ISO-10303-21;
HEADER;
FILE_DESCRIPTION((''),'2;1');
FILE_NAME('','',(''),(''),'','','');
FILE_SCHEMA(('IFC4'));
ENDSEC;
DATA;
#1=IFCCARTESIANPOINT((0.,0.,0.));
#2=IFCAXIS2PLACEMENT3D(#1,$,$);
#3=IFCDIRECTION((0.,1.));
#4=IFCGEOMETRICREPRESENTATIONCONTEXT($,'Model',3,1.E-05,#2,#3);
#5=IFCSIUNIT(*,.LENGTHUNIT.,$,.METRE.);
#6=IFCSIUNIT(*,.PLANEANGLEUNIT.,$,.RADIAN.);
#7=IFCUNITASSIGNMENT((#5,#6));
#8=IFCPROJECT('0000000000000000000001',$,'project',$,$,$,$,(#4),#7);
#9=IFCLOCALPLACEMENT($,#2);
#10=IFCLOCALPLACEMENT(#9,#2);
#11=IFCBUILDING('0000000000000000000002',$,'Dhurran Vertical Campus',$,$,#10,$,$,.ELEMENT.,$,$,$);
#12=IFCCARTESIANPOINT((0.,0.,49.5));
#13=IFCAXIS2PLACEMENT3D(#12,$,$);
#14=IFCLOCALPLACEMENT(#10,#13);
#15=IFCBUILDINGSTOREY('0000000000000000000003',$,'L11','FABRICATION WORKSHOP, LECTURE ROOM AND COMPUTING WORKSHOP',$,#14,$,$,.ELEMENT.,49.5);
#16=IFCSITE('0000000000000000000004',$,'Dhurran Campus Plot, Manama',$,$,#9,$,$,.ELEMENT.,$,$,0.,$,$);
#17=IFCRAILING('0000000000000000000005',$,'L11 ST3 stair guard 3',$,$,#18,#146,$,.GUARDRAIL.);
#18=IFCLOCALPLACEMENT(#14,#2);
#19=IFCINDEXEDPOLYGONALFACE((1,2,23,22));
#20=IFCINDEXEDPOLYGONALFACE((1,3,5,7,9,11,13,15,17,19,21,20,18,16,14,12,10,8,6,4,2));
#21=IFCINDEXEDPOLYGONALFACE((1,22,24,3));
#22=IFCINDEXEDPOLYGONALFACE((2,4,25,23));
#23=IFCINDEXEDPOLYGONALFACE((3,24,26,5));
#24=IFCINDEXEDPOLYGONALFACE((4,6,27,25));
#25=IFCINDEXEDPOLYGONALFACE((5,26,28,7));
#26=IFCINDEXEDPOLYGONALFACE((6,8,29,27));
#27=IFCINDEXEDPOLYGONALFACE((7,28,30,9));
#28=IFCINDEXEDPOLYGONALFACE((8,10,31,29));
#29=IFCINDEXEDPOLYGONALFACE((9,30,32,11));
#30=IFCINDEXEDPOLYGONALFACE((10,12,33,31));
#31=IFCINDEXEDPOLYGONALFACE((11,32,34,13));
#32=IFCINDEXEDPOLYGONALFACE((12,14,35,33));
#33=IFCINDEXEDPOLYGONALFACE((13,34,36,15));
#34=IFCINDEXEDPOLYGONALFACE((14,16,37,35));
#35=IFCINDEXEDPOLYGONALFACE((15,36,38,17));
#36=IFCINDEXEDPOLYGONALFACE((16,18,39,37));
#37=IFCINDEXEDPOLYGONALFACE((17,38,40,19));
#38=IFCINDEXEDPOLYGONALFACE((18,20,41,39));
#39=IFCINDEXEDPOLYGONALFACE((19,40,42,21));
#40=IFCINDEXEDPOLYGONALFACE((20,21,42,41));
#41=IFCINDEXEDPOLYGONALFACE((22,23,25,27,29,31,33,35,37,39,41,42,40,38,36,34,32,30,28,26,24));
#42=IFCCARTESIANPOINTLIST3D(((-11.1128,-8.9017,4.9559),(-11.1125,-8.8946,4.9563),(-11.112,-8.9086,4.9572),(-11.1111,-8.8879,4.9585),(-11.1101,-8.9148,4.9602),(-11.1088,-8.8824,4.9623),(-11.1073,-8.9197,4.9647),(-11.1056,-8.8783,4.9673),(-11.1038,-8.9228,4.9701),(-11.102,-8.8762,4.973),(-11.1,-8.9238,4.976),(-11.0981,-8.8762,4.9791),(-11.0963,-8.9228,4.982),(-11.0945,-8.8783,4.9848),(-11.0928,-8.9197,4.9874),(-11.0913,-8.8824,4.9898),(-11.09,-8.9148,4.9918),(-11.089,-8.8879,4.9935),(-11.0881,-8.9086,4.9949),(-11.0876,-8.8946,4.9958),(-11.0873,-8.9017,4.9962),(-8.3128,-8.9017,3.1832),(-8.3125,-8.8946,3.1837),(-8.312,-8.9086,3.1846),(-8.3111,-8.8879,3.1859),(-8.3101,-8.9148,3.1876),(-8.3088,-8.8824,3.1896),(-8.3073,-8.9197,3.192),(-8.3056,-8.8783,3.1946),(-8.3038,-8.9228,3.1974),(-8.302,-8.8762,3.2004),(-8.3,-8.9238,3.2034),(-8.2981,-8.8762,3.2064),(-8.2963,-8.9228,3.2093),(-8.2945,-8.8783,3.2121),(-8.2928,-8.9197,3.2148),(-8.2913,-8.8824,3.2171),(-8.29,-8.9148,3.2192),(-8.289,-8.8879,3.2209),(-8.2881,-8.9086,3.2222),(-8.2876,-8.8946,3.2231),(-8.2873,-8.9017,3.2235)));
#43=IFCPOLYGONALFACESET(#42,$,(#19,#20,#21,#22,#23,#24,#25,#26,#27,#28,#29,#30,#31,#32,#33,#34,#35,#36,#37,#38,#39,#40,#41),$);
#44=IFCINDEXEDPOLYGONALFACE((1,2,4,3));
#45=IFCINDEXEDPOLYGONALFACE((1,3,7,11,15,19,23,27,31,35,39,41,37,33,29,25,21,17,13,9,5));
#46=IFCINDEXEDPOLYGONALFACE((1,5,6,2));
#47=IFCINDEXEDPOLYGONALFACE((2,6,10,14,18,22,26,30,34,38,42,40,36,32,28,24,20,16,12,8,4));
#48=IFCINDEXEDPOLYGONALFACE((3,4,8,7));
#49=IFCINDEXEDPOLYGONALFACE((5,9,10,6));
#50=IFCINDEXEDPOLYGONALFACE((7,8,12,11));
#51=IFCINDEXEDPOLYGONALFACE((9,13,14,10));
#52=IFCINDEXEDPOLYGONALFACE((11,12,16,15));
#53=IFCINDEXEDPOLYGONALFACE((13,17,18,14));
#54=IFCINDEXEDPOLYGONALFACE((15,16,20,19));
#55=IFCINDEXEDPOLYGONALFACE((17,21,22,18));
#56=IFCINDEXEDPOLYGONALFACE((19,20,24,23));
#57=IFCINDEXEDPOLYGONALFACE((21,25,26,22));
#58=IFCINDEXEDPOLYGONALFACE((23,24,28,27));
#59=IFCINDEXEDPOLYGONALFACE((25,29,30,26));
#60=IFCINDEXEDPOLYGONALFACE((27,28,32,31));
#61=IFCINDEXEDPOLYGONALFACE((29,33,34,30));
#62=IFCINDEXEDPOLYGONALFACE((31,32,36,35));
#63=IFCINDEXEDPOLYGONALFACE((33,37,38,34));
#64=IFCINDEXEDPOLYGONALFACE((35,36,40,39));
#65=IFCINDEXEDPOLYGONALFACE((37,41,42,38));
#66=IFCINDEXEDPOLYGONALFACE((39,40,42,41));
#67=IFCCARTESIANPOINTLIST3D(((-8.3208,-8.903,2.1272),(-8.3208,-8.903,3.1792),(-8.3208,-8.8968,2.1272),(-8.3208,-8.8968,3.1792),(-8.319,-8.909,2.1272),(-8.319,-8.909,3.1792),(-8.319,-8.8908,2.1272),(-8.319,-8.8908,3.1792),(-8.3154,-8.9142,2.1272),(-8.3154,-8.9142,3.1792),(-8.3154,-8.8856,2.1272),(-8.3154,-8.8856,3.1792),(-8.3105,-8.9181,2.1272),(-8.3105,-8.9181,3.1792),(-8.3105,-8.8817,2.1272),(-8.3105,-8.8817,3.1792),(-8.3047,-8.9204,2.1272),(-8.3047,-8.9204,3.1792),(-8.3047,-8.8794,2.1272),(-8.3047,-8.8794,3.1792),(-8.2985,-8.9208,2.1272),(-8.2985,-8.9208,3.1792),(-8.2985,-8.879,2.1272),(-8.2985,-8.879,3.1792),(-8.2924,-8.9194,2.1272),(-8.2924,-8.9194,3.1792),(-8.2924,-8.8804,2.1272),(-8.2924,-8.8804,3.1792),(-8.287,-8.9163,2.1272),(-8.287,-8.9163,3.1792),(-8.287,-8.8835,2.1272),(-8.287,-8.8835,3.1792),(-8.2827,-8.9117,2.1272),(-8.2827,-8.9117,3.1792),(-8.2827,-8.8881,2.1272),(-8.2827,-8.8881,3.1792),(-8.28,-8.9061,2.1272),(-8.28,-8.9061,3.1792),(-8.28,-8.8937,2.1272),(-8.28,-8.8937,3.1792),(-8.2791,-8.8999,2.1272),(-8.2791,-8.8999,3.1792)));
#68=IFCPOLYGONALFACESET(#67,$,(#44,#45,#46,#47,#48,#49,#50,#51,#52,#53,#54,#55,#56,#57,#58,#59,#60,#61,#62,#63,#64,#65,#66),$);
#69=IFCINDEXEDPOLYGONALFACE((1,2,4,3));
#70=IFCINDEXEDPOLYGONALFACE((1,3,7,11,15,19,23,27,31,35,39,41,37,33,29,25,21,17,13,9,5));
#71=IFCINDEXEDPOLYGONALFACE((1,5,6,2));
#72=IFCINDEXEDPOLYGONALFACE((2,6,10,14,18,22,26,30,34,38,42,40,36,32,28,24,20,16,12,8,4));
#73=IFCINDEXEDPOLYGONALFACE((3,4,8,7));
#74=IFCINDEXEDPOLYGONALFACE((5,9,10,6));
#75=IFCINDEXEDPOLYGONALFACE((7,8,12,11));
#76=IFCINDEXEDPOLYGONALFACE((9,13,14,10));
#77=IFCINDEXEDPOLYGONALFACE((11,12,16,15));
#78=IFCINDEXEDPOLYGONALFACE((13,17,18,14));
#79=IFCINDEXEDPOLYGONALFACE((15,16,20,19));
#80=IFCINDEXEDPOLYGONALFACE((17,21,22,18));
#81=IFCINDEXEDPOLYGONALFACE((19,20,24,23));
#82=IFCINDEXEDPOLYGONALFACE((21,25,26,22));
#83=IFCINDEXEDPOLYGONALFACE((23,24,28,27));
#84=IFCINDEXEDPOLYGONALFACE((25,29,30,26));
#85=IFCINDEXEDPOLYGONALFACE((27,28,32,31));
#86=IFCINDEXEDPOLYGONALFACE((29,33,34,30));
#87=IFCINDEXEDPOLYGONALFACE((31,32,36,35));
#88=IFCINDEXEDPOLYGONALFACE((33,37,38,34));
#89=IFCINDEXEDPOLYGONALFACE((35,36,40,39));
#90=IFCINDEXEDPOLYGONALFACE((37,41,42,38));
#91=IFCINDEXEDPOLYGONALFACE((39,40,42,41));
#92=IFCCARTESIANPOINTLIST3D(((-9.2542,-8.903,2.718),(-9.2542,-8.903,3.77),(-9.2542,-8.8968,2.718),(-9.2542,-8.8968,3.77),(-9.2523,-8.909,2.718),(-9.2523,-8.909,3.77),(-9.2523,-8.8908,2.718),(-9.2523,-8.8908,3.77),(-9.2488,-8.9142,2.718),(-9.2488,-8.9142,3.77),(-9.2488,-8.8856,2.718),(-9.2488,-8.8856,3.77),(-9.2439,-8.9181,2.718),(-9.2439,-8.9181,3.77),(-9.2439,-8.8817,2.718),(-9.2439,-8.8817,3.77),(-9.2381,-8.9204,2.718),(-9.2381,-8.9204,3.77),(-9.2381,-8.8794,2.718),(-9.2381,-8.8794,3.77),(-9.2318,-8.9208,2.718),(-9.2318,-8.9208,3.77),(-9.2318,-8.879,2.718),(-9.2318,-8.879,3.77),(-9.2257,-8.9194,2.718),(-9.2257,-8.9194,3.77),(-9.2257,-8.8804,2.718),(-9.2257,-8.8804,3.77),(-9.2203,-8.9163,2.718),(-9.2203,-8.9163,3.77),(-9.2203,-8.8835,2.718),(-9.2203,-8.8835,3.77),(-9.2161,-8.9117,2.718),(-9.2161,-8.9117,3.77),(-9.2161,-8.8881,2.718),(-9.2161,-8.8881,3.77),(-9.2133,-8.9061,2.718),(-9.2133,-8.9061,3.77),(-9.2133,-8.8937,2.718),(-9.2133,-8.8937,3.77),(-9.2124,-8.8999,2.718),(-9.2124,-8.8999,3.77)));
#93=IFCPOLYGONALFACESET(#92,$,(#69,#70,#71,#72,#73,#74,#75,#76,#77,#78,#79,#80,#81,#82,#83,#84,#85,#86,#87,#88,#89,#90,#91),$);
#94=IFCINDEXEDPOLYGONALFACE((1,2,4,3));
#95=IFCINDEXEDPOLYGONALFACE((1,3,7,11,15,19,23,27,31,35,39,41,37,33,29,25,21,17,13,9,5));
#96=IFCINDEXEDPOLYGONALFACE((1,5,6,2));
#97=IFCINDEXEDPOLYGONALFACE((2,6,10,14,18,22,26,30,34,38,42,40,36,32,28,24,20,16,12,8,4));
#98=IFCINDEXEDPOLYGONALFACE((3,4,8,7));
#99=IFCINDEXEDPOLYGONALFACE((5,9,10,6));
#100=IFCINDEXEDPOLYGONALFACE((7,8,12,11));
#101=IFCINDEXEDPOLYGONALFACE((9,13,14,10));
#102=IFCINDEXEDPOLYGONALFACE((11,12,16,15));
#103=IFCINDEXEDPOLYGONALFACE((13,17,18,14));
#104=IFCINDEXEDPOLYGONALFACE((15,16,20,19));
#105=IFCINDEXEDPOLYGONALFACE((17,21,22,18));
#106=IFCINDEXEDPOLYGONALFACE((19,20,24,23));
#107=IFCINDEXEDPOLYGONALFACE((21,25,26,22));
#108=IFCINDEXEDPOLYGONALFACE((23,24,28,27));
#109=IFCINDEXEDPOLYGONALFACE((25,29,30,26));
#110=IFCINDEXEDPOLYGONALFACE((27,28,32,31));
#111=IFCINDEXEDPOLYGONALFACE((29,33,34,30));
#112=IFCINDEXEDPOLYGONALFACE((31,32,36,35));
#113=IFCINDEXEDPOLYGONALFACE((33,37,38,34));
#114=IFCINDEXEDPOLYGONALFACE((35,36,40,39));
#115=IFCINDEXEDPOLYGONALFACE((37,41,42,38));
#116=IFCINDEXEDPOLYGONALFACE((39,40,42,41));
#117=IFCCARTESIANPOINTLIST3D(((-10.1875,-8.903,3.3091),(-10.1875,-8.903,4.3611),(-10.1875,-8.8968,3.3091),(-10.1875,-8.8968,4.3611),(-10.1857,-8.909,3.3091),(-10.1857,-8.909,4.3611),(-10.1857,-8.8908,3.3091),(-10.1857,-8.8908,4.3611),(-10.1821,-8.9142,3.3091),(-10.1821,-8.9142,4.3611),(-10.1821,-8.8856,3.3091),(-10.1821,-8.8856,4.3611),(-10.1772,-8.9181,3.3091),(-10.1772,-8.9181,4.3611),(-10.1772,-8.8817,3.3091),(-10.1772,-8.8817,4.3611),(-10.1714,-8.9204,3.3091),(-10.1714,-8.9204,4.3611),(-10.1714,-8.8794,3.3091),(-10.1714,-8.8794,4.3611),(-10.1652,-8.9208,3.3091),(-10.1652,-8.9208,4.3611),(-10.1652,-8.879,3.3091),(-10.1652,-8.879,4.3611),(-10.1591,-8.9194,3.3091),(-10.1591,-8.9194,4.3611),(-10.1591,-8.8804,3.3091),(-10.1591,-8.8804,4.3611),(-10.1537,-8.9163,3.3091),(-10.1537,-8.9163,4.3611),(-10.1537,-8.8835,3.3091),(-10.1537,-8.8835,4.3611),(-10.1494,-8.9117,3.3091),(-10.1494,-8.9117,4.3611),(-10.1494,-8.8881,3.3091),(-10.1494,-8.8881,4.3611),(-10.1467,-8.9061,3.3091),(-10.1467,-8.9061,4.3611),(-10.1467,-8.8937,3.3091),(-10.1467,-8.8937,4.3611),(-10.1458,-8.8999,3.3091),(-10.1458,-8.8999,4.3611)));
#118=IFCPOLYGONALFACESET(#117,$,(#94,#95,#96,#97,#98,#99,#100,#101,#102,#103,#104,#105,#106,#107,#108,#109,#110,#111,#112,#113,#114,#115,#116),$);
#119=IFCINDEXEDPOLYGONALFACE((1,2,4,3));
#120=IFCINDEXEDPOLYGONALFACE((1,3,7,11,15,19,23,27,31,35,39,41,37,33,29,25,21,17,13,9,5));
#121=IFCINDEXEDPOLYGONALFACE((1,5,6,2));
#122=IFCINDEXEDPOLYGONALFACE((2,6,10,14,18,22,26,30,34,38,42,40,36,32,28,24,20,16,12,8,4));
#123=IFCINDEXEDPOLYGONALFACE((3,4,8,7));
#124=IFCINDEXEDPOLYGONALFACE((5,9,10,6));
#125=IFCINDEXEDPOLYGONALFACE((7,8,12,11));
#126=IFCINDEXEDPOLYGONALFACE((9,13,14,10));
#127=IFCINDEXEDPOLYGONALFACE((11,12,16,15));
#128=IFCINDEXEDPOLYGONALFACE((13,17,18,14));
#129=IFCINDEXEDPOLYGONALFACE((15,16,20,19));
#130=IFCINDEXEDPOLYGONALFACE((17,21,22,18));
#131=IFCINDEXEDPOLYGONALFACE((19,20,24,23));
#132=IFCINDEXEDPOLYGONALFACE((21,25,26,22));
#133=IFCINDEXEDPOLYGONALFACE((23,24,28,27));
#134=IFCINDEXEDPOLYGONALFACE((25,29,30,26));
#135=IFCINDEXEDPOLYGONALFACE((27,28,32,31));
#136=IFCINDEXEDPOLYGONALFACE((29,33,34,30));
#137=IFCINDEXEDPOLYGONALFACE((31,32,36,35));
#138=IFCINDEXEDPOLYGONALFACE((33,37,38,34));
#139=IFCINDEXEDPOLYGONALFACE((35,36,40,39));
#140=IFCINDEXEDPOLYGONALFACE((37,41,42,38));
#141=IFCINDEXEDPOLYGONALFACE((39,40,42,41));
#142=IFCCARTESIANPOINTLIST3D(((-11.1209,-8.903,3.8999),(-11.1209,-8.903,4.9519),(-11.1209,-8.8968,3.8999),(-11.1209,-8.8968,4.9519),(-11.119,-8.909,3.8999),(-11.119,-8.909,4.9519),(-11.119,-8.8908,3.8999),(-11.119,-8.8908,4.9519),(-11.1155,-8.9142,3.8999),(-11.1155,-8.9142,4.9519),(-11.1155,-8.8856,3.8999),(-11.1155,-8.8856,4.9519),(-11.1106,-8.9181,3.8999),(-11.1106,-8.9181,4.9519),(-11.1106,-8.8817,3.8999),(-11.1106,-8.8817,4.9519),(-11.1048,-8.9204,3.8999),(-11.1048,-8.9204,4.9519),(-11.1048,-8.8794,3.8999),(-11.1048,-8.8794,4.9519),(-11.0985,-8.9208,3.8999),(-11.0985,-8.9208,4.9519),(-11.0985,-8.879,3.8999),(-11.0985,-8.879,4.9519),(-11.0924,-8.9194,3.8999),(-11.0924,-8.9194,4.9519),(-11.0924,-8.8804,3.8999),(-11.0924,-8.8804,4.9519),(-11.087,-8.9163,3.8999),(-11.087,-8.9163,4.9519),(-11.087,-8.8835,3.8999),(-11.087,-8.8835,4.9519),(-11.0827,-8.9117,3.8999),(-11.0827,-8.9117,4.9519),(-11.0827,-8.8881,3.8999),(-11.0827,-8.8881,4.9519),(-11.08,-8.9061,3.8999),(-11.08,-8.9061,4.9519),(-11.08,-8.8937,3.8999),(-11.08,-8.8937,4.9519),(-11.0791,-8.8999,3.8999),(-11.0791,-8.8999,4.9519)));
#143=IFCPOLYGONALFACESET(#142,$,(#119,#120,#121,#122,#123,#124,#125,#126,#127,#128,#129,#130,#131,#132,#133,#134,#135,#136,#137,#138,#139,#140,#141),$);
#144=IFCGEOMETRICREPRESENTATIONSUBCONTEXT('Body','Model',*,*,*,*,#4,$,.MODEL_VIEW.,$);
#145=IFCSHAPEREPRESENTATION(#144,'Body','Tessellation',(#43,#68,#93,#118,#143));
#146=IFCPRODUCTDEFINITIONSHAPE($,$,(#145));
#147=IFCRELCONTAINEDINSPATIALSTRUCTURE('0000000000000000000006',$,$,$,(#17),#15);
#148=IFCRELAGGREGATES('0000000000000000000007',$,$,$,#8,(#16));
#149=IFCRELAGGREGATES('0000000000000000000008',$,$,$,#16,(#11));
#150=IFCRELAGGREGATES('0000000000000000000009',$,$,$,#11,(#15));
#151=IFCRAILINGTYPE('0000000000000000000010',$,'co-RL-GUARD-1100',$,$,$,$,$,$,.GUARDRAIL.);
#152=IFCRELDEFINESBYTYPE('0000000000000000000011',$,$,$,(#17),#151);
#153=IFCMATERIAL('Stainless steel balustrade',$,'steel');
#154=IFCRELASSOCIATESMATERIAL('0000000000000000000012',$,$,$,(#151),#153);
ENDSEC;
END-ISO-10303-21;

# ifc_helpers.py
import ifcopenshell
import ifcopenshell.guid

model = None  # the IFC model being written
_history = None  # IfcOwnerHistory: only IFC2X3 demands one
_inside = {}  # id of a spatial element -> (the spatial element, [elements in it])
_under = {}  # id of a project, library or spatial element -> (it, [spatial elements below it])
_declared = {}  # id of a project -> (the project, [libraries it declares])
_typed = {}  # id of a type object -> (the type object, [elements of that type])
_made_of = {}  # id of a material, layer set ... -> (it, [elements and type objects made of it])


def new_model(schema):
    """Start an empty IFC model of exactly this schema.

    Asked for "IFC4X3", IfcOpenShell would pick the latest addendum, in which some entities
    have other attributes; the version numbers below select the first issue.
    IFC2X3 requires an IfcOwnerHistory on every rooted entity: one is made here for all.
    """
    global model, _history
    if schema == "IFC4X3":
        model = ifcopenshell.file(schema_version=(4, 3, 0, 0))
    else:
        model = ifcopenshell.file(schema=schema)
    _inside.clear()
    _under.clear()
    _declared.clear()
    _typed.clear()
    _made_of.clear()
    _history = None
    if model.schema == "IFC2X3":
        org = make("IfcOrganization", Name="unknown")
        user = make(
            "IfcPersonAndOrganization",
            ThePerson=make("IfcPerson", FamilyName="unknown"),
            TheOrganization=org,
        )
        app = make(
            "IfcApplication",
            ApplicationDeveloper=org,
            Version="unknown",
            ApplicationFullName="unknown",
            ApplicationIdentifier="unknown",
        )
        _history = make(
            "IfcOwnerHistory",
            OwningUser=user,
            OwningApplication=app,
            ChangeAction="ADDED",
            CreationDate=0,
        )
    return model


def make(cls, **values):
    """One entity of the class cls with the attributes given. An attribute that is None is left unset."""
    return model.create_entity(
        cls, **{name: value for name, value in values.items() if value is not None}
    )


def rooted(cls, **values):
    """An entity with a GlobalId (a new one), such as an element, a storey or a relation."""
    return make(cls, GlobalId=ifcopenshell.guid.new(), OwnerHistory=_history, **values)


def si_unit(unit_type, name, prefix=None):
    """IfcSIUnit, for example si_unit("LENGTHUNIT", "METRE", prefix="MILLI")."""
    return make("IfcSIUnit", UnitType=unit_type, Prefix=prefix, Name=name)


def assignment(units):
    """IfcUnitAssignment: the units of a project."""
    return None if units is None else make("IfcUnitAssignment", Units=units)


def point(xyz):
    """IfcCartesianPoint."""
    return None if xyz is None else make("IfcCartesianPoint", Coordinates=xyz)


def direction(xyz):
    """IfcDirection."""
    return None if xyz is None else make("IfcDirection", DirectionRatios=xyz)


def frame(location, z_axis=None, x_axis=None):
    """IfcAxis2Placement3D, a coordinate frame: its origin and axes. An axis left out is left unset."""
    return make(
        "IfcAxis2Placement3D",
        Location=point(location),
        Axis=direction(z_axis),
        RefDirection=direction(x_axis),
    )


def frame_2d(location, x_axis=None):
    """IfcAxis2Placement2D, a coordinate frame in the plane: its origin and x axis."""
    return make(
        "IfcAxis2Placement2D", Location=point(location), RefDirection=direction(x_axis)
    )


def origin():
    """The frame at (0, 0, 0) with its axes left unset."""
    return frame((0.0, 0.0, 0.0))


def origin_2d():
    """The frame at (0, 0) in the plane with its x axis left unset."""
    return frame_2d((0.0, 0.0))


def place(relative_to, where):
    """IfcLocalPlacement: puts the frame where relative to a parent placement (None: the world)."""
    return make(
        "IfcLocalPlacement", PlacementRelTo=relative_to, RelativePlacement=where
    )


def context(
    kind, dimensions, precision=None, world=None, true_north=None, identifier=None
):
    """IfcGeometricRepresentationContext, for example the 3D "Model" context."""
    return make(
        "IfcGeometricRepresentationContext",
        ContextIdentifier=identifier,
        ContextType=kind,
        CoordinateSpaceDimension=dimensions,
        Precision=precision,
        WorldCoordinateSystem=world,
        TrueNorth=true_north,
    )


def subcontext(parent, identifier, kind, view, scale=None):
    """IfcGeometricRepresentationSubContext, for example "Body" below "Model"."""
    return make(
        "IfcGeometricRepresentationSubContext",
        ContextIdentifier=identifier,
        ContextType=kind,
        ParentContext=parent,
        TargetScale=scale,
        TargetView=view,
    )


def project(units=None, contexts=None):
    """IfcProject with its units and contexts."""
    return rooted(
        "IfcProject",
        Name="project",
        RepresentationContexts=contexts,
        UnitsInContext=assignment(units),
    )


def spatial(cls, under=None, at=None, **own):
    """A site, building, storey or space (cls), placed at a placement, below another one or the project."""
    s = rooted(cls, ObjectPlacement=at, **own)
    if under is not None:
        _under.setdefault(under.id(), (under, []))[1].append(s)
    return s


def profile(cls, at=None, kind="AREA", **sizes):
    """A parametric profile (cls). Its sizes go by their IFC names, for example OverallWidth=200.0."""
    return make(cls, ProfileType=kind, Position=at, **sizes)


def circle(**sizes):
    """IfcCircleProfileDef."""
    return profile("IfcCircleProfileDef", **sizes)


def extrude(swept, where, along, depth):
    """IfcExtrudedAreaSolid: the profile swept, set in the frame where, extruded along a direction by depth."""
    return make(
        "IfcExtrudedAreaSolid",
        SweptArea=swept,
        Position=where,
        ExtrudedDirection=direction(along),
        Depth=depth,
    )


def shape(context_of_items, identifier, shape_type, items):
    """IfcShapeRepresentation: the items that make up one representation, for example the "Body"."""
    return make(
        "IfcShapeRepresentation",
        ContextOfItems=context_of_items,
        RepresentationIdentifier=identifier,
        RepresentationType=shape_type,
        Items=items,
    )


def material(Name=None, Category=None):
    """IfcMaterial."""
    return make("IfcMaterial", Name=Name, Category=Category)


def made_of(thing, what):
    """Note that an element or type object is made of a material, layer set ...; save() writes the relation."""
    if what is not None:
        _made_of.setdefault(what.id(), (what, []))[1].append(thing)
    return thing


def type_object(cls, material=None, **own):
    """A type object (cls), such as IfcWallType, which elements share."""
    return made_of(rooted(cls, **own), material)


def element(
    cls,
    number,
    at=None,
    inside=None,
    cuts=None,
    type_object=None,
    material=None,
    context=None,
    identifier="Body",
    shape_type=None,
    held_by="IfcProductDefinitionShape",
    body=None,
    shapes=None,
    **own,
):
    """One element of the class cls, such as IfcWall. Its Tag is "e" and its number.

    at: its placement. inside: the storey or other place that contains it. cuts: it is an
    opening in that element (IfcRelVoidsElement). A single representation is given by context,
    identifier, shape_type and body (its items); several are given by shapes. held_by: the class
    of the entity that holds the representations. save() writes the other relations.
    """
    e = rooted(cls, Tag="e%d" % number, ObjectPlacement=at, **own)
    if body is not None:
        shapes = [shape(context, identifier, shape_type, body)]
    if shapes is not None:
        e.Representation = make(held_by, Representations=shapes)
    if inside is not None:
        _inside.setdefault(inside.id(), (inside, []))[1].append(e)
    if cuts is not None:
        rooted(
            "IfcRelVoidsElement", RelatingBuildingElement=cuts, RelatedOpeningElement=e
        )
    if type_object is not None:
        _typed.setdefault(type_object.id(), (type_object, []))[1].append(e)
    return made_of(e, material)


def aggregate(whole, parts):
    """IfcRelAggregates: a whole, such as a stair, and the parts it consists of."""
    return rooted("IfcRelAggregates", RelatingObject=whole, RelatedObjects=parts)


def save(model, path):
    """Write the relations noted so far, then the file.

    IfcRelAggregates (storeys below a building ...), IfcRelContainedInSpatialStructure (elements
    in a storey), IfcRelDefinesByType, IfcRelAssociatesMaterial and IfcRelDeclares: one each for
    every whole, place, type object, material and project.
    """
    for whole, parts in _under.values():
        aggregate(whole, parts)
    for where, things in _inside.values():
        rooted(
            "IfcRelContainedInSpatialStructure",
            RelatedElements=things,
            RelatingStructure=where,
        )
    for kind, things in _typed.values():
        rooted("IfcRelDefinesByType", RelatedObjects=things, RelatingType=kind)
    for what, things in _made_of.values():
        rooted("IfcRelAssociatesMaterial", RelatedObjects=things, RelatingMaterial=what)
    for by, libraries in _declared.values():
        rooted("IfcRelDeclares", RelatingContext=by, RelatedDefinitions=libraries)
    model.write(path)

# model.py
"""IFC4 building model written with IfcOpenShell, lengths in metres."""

from ifc_helpers import new_model, si_unit, direction, frame, origin, origin_2d, place, context, subcontext, project, spatial, circle, extrude, material, type_object, element, save


model = new_model("IFC4")

# Units and contexts
model_context = context("Model", 3, precision=1e-05, world=origin(), true_north=direction((0.0, 1.0)))
body_context = subcontext(model_context, "Body", "Model", "MODEL_VIEW")
ifc_project = project(units=[si_unit("LENGTHUNIT", "METRE"), si_unit("PLANEANGLEUNIT", "RADIAN")], contexts=[model_context])

# Site, building, storey
site_placement = place(None, origin())
site = spatial("IfcSite", under=ifc_project, at=site_placement, Name="Dhurran Campus Plot, Manama", CompositionType="ELEMENT", RefElevation=0.0)
building_placement = place(site_placement, origin())
building = spatial("IfcBuilding", under=site, at=building_placement, Name="Dhurran Vertical Campus", CompositionType="ELEMENT")
storey_placement = place(building_placement, frame((0.0, 0.0, 49.5)))
storey = spatial("IfcBuildingStorey", under=building, at=storey_placement, Name="L11", Description="FABRICATION WORKSHOP, LECTURE ROOM AND COMPUTING WORKSHOP", CompositionType="ELEMENT", Elevation=49.5)

# Railing
ifc_material_1 = material(Name="Stainless steel balustrade", Category="steel")
railing_type_1 = type_object("IfcRailingType", Name="co-RL-GUARD-1100", PredefinedType="GUARDRAIL", material=ifc_material_1)
railing_1_placement = place(storey_placement, frame((-8.3, -8.8999, 2.1272)))
element("IfcRailing", 1, at=railing_1_placement, inside=storey, type_object=railing_type_1, Name="L11 ST3 stair guard 3", PredefinedType="GUARDRAIL", context=body_context, shape_type="SweptSolid", body=[
    extrude(circle(Radius=0.0239, at=origin_2d()), frame((0.0, 0.0, 1.0762), z_axis=(-0.844909, 0.0, 0.53491), x_axis=(0.0, -1.0, 0.0)), (0.0, 0.0, 1.0), 3.314),
    extrude(circle(Radius=0.021, at=origin_2d()), origin(), (0.0, 0.0, 1.0), 1.052),
    extrude(circle(Radius=0.021, at=origin_2d()), frame((-0.9333, 0.0, 0.5908)), (0.0, 0.0, 1.0), 1.052),
    extrude(circle(Radius=0.021, at=origin_2d()), frame((-1.8667, 0.0, 1.1819)), (0.0, 0.0, 1.0), 1.052),
    extrude(circle(Radius=0.021, at=origin_2d()), frame((-2.8, 0.0, 1.7727)), (0.0, 0.0, 1.0), 1.052),
])

save(model, "model.ifc")
